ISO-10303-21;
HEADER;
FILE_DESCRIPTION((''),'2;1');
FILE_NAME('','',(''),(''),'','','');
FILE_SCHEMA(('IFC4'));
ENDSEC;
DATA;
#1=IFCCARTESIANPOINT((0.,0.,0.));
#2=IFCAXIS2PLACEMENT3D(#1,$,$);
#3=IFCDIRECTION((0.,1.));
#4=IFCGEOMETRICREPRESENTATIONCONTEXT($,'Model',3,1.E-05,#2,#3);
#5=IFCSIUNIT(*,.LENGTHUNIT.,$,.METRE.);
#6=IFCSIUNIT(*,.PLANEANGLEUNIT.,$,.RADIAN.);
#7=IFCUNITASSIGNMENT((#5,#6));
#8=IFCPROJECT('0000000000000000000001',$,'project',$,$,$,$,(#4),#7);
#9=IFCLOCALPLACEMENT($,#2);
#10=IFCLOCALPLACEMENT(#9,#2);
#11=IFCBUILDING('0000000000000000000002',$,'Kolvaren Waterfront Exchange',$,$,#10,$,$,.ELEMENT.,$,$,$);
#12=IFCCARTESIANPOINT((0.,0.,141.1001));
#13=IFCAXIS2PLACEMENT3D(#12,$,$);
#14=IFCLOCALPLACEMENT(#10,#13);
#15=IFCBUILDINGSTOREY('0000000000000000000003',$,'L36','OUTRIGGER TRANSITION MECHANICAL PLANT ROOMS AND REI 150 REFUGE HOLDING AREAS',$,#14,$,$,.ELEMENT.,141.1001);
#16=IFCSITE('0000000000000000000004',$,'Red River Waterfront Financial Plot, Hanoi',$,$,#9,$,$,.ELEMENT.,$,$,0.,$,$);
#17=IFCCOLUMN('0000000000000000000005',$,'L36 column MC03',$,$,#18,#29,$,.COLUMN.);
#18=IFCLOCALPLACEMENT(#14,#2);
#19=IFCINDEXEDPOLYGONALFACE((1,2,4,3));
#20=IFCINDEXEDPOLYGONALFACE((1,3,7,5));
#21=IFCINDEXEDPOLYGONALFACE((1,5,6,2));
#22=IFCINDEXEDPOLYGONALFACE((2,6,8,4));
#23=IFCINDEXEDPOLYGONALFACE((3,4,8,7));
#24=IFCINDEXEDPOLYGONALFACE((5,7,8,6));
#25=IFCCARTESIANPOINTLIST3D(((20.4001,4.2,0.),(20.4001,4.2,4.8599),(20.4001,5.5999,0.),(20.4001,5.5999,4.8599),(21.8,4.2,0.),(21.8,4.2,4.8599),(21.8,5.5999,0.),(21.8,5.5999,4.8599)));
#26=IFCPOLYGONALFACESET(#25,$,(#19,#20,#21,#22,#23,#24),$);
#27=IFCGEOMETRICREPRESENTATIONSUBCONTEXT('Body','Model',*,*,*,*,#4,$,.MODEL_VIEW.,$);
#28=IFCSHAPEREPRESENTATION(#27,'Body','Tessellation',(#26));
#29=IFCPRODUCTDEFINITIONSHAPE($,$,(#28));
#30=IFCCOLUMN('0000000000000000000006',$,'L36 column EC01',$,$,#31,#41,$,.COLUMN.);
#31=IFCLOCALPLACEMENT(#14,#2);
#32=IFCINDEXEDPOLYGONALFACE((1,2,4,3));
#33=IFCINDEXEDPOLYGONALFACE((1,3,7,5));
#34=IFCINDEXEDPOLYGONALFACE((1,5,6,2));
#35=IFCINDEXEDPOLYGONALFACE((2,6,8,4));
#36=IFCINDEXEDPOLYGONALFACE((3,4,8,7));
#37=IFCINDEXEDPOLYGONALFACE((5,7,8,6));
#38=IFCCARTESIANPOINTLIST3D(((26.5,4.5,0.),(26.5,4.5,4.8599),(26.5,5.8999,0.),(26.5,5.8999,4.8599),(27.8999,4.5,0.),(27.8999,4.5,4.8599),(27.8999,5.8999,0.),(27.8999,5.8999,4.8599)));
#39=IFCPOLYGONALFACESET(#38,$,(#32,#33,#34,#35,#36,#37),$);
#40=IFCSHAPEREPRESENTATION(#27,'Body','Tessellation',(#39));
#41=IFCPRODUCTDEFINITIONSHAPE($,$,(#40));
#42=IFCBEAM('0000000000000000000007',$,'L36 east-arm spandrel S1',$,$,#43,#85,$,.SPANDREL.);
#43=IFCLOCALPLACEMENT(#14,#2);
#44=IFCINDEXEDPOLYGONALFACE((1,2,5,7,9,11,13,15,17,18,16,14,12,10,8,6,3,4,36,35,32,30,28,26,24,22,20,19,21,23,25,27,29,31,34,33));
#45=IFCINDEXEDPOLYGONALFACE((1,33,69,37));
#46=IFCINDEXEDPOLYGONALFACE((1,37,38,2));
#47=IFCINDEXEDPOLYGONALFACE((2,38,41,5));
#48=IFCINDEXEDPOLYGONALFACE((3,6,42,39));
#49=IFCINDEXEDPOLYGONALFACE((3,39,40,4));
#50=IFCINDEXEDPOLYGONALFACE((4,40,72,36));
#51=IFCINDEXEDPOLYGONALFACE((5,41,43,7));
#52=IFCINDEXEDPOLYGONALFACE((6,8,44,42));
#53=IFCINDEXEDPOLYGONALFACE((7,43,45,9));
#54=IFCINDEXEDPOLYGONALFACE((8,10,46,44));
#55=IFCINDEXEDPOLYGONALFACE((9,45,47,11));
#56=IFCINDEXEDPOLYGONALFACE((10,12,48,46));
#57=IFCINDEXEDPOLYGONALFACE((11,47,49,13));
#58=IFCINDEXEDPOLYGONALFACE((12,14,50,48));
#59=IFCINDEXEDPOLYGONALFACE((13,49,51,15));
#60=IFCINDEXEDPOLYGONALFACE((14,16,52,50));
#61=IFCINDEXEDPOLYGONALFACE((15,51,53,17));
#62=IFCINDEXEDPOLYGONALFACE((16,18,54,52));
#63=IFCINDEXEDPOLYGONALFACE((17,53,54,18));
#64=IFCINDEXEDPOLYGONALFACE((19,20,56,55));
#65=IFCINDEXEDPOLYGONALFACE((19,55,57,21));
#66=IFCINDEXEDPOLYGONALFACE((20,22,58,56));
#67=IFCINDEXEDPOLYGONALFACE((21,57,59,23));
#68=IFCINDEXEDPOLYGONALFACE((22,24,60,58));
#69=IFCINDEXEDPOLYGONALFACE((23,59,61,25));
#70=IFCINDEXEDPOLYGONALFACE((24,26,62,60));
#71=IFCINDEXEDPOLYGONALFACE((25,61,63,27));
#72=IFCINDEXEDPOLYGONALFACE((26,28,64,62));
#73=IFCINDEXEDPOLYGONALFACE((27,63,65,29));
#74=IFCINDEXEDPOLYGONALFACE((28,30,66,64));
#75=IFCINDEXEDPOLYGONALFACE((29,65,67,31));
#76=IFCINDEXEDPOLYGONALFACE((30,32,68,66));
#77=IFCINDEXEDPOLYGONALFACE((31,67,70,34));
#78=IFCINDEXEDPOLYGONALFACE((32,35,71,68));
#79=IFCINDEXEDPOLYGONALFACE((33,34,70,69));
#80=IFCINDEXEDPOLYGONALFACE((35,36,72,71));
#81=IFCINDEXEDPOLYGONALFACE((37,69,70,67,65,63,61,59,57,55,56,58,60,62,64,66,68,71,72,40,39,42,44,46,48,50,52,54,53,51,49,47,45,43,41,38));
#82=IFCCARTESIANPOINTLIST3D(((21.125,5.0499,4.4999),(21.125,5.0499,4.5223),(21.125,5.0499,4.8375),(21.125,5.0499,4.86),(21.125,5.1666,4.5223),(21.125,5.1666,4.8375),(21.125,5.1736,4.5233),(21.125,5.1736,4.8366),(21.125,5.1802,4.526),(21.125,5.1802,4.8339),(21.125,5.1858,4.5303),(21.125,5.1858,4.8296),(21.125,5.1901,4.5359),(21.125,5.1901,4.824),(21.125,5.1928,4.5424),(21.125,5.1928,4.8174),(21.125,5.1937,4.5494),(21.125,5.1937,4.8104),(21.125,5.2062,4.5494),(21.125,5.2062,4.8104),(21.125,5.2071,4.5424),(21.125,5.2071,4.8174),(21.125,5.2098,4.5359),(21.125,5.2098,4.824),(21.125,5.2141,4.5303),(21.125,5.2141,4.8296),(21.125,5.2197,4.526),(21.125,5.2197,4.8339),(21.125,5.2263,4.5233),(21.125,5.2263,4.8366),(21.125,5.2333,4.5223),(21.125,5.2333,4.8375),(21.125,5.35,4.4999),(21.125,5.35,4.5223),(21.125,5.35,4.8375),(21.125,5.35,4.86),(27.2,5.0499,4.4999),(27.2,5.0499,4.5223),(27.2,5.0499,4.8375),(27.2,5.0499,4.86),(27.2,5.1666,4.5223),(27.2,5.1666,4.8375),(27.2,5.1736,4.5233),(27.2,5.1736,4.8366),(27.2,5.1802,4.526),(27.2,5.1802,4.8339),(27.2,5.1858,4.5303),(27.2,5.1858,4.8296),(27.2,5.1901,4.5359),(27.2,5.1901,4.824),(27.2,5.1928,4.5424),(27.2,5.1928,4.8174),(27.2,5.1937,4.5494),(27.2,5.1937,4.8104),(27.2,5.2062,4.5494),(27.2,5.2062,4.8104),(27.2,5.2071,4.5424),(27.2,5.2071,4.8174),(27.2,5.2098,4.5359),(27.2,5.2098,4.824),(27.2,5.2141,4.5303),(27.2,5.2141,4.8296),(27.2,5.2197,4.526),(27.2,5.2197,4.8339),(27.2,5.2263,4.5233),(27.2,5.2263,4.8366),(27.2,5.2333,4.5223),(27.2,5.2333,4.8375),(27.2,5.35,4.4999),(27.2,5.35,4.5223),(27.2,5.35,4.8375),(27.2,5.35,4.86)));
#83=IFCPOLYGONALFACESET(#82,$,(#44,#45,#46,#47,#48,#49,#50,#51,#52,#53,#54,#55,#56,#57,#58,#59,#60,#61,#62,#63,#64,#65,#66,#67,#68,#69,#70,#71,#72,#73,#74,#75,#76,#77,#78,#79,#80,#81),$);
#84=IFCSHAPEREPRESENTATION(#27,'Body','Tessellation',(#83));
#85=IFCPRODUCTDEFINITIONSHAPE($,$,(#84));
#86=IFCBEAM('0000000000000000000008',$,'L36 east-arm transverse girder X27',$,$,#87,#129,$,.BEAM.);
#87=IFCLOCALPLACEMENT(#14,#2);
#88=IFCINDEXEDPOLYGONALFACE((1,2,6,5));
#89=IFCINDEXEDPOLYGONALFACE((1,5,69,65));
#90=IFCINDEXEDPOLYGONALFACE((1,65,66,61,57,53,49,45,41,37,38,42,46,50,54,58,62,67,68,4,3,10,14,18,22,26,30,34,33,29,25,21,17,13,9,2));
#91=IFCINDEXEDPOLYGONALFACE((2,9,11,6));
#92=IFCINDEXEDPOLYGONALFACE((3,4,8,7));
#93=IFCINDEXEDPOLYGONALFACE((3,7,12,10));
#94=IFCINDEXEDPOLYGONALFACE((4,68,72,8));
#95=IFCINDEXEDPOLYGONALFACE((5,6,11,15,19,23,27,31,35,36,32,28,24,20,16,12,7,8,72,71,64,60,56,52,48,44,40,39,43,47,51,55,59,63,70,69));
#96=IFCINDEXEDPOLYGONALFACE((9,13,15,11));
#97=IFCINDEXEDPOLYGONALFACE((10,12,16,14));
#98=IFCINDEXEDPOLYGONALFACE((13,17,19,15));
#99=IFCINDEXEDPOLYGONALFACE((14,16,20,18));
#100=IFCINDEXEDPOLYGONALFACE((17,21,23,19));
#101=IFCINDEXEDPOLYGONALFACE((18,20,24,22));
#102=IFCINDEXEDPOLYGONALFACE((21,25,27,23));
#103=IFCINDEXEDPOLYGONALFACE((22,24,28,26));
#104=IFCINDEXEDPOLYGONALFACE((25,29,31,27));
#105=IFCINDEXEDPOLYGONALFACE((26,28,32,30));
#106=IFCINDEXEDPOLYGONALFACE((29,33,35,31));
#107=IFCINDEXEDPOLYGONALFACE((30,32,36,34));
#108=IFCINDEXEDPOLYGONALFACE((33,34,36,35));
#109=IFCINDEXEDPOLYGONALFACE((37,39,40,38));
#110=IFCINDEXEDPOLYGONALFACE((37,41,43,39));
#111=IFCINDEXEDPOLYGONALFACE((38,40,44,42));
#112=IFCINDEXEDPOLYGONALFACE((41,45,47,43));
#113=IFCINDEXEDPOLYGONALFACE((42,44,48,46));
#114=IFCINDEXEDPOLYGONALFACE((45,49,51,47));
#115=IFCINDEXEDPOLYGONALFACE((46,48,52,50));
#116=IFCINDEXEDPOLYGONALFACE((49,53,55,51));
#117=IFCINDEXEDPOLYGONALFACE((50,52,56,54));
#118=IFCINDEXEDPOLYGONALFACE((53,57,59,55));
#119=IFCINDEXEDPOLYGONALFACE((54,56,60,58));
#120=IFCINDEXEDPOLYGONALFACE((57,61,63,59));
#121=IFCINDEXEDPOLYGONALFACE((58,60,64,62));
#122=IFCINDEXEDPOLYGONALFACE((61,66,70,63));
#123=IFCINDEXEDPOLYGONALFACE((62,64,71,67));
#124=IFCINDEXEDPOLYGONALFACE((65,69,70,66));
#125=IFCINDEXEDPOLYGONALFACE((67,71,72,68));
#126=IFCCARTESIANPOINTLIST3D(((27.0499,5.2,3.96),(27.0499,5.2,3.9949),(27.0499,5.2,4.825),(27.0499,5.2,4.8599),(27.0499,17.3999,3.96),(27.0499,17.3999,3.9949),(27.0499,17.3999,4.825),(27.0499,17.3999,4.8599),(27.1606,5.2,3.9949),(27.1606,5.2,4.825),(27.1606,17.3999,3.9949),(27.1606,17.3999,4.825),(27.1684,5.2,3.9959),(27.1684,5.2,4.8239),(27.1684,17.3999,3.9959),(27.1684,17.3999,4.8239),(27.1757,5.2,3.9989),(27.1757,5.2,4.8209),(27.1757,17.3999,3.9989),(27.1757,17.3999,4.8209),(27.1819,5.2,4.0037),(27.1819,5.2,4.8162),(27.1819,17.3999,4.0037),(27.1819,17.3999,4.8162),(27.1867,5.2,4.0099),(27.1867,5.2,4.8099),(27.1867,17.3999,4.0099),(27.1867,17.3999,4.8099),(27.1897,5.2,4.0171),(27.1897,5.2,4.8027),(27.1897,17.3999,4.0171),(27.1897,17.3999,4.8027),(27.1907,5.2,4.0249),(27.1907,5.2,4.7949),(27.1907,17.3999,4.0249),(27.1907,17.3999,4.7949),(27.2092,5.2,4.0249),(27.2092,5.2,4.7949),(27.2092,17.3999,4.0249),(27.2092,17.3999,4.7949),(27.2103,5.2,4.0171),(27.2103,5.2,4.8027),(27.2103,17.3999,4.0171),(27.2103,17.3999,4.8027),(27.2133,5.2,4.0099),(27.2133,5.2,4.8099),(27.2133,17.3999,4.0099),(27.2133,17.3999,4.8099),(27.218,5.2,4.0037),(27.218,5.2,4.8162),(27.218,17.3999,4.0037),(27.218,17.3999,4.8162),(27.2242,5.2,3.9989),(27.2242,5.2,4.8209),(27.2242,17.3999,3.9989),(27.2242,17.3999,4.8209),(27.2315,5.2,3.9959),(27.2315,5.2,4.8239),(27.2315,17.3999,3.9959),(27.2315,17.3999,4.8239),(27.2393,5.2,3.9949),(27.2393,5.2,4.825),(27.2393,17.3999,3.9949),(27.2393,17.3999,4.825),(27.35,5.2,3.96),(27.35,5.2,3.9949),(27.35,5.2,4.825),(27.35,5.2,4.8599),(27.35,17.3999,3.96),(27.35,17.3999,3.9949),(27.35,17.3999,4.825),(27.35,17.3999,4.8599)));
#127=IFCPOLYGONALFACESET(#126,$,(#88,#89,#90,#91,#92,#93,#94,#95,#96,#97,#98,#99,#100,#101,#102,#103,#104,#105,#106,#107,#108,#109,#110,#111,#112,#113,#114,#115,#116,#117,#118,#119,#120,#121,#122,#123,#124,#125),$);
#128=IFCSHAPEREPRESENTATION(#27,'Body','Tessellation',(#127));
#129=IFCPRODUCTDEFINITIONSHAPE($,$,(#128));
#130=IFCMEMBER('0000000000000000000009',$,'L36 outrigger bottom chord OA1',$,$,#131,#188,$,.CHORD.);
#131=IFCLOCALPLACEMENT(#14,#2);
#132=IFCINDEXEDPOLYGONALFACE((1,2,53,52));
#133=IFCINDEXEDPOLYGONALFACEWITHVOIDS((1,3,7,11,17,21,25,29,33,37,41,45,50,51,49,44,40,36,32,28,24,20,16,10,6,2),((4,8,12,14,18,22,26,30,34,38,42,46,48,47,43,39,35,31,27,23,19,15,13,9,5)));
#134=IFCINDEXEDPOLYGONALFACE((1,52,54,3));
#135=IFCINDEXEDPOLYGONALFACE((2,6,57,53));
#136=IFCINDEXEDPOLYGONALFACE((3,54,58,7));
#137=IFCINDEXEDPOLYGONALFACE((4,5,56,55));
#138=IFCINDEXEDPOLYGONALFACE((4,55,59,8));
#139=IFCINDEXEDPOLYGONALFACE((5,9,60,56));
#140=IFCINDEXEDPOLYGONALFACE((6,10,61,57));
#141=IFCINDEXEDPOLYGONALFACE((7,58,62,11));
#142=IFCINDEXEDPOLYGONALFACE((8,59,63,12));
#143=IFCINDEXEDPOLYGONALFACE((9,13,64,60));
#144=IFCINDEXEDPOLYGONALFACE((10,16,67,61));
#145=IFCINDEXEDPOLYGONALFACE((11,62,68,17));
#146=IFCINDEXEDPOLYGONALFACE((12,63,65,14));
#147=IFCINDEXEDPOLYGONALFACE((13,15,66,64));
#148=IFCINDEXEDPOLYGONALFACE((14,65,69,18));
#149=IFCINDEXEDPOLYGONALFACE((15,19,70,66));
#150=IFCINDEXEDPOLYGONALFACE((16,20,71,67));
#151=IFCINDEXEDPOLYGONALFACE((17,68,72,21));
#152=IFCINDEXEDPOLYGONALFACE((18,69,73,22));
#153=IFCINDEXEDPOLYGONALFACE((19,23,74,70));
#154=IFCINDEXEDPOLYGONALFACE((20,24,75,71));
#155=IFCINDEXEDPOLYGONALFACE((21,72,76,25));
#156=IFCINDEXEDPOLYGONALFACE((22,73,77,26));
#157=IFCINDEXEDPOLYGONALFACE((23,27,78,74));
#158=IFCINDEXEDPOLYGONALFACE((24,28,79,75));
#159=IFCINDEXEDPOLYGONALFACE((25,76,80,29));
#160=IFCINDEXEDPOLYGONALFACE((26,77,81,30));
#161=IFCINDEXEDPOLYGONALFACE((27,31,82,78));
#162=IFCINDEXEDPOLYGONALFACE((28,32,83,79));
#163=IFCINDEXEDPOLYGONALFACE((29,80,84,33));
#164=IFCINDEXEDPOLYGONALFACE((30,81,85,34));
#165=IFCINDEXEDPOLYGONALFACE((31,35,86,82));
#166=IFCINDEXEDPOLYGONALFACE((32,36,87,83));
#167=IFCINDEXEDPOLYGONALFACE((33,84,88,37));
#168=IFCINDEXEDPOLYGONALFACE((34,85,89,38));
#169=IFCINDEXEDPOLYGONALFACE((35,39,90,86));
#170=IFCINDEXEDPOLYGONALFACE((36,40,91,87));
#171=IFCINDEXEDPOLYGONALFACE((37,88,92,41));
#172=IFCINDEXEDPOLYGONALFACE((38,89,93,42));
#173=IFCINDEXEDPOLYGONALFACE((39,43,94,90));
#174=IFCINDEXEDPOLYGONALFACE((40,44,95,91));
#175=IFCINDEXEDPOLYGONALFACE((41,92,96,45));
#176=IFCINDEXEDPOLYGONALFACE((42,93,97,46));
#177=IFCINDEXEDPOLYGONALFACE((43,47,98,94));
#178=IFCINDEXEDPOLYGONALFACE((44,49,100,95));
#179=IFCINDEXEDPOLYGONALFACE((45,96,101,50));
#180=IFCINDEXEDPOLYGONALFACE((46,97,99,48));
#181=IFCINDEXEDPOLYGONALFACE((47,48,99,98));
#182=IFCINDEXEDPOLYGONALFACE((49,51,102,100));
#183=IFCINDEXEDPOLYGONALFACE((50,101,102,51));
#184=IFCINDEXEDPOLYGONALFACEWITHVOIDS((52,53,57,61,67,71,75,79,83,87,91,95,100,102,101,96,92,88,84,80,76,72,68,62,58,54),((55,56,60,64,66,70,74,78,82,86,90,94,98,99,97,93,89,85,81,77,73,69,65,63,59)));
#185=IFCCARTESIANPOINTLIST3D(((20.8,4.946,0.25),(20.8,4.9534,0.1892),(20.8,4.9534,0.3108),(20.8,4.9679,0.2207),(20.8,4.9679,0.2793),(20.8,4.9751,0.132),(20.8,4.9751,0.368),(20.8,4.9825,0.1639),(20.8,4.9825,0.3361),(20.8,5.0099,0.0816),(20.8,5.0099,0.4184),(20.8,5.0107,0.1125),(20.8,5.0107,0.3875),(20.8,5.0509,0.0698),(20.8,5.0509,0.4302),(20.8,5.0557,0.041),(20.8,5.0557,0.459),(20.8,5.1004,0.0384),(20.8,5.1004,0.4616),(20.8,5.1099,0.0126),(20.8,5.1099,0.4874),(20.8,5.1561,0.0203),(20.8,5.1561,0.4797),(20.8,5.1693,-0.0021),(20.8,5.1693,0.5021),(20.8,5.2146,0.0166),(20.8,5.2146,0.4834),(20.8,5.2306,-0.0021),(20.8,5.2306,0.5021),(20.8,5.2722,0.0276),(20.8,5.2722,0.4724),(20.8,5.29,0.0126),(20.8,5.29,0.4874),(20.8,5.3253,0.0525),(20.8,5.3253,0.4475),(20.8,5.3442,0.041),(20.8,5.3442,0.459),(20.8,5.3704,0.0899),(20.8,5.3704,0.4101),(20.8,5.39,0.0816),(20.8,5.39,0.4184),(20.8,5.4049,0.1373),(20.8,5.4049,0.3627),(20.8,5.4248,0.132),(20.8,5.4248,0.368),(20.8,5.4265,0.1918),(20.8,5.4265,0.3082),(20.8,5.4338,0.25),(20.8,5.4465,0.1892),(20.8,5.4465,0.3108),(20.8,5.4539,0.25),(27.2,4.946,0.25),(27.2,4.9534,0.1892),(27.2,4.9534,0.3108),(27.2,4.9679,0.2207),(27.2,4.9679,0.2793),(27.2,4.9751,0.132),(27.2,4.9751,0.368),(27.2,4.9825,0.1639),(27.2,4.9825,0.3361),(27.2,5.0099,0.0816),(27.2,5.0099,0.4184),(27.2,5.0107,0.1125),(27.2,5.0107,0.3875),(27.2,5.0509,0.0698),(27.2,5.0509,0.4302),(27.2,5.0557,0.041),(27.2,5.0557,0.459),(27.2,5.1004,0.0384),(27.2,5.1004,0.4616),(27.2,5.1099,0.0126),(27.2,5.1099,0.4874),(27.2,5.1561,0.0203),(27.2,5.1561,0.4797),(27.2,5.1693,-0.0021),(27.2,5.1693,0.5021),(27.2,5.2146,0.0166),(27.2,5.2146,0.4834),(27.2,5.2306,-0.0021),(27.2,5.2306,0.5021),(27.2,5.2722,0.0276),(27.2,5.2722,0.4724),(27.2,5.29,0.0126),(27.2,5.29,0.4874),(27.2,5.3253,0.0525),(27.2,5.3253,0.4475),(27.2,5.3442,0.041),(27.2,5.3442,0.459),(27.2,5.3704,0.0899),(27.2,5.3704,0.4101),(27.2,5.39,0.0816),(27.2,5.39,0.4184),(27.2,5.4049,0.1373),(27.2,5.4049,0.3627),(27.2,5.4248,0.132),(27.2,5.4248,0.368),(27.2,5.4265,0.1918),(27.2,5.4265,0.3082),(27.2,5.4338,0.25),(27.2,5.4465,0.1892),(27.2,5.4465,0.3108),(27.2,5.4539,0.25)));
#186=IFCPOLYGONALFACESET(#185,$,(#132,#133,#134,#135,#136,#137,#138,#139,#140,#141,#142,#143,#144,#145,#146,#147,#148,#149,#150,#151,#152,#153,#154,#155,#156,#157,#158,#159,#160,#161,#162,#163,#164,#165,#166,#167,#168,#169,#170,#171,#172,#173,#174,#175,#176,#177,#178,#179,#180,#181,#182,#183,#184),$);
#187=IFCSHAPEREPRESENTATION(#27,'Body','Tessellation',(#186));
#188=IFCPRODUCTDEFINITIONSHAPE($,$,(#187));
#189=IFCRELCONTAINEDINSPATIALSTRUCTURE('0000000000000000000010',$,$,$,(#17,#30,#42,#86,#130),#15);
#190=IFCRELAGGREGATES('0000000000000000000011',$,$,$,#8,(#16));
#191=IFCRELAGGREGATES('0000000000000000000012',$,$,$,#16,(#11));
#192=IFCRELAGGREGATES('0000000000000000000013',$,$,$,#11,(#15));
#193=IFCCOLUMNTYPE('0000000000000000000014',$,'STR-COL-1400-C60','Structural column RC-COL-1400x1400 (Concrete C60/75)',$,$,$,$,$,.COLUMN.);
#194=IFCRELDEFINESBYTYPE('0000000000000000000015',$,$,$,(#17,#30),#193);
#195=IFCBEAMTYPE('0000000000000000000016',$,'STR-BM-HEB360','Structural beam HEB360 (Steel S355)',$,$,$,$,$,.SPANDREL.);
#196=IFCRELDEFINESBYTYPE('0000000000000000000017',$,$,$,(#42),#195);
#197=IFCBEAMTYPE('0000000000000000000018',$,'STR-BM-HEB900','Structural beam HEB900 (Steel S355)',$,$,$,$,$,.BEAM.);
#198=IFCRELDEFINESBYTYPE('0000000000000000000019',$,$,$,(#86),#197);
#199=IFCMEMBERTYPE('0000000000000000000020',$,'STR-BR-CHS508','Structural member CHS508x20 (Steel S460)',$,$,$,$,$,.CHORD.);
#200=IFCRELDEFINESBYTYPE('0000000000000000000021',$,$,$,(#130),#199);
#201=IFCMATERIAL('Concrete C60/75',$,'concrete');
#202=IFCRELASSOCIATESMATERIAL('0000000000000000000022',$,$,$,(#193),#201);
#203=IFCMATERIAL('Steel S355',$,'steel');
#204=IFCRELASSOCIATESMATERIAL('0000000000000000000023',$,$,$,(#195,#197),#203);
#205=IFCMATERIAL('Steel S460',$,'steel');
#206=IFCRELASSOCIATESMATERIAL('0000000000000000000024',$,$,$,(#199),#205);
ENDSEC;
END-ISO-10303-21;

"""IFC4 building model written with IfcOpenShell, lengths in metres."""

from ifc_helpers import new_model, si_unit, direction, frame, origin, origin_2d, place, context, subcontext, project, spatial, rectangle, hollow_circle, i_section, extrude, material, material_profile, profile_set, type_object, element, save


model = new_model("IFC4")

# Units and contexts
model_context = context("Model", 3, precision=1e-05, world=origin(), true_north=direction((0.0, 1.0)))
body_context = subcontext(model_context, "Body", "Model", "MODEL_VIEW")
ifc_project = project(units=[si_unit("LENGTHUNIT", "METRE"), si_unit("PLANEANGLEUNIT", "RADIAN")], contexts=[model_context])

# Site, building, storey
site_placement = place(None, origin())
site = spatial("IfcSite", under=ifc_project, at=site_placement, Name="Red River Waterfront Financial Plot, Hanoi", CompositionType="ELEMENT", RefElevation=0.0)
building_placement = place(site_placement, origin())
building = spatial("IfcBuilding", under=site, at=building_placement, Name="Kolvaren Waterfront Exchange", CompositionType="ELEMENT")
storey_placement = place(building_placement, frame((0.0, 0.0, 141.1001)))
storey = spatial("IfcBuildingStorey", under=building, at=storey_placement, Name="L36", Description="OUTRIGGER TRANSITION MECHANICAL PLANT ROOMS AND REI 150 REFUGE HOLDING AREAS", CompositionType="ELEMENT", Elevation=141.1001)

# Columns
ifc_material_1 = material(Name="Concrete C60/75", Category="concrete")
ifc_material_profile_1 = material_profile(ifc_material_1, rectangle(XDim=1.3999, YDim=1.3999, at=origin_2d()), Name="RC-COL-1400x1400")
ifc_profile_set_1 = profile_set([ifc_material_profile_1], Name="Concrete C60/75")
column_type = type_object("IfcColumnType", Name="STR-COL-1400-C60", Description="Structural column RC-COL-1400x1400 (Concrete C60/75)", PredefinedType="COLUMN", material=ifc_profile_set_1)
for number, where, z_axis, x_axis, name in (
    (1, (21.1001, 4.8999, 0.0), (0.0, 0.0, 1.0), (1.0, 0.0, 0.0), "L36 column MC03"),
    (2, (27.2, 5.2, 0.0), (0.0, 0.0, 1.0), (1.0, 0.0, 0.0), "L36 column EC01"),
):
    element("IfcColumn", number, at=place(storey_placement, frame(where, z_axis=z_axis, x_axis=x_axis)), inside=storey, type_object=column_type, Name=name, PredefinedType="COLUMN", context=body_context, shape_type="SweptSolid", body=[
        extrude(rectangle(XDim=1.3999, YDim=1.3999, at=origin_2d()), origin(), (0.0, 0.0, 1.0), 4.8599),
    ])

# Beams
ifc_material_2 = material(Name="Steel S355", Category="steel")
ifc_material_profile_2 = material_profile(ifc_material_2, i_section(OverallWidth=0.3, OverallDepth=0.3601, WebThickness=0.0125, FlangeThickness=0.0225, FilletRadius=0.0271, at=origin_2d()), Name="HEB360")
ifc_profile_set_2 = profile_set([ifc_material_profile_2], Name="Steel S355")
beam_type_1 = type_object("IfcBeamType", Name="STR-BM-HEB360", Description="Structural beam HEB360 (Steel S355)", PredefinedType="SPANDREL", material=ifc_profile_set_2)
beam_1_placement = place(storey_placement, frame((21.125, 5.2, 4.6799), z_axis=(1.0, 0.0, 0.0), x_axis=(0.0, 1.0, 0.0)))
element("IfcBeam", 3, at=beam_1_placement, inside=storey, type_object=beam_type_1, Name="L36 east-arm spandrel S1", PredefinedType="SPANDREL", context=body_context, shape_type="SweptSolid", body=[
    extrude(i_section(OverallWidth=0.3, OverallDepth=0.3601, WebThickness=0.0125, FlangeThickness=0.0225, FilletRadius=0.0271, at=origin_2d()), origin(), (0.0, 0.0, 1.0), 6.075),
])
ifc_material_profile_3 = material_profile(ifc_material_2, i_section(OverallWidth=0.3, OverallDepth=0.8999, WebThickness=0.0186, FlangeThickness=0.0349, FilletRadius=0.03, at=origin_2d()), Name="HEB900")
ifc_profile_set_3 = profile_set([ifc_material_profile_3], Name="Steel S355")
beam_type_2 = type_object("IfcBeamType", Name="STR-BM-HEB900", Description="Structural beam HEB900 (Steel S355)", PredefinedType="BEAM", material=ifc_profile_set_3)
beam_2_placement = place(storey_placement, frame((27.2, 5.2, 4.4099), z_axis=(0.0, 1.0, 0.0), x_axis=(-1.0, 0.0, 0.0)))
element("IfcBeam", 4, at=beam_2_placement, inside=storey, type_object=beam_type_2, Name="L36 east-arm transverse girder X27", PredefinedType="BEAM", context=body_context, shape_type="SweptSolid", body=[
    extrude(i_section(OverallWidth=0.3, OverallDepth=0.8999, WebThickness=0.0186, FlangeThickness=0.0349, FilletRadius=0.03, at=origin_2d()), origin(), (0.0, 0.0, 1.0), 12.2),
])

# Member
ifc_material_3 = material(Name="Steel S460", Category="steel")
ifc_material_profile_4 = material_profile(ifc_material_3, hollow_circle(Radius=0.2539, WallThickness=0.02, at=origin_2d()), Name="CHS508x20")
ifc_profile_set_4 = profile_set([ifc_material_profile_4], Name="Steel S460")
member_type_1 = type_object("IfcMemberType", Name="STR-BR-CHS508", Description="Structural member CHS508x20 (Steel S460)", PredefinedType="CHORD", material=ifc_profile_set_4)
member_1_placement = place(storey_placement, frame((20.8, 5.2, 0.25), z_axis=(1.0, 0.0, 0.0), x_axis=(0.0, 1.0, 0.0)))
element("IfcMember", 5, at=member_1_placement, inside=storey, type_object=member_type_1, Name="L36 outrigger bottom chord OA1", PredefinedType="CHORD", context=body_context, shape_type="SweptSolid", body=[
    extrude(hollow_circle(Radius=0.2539, WallThickness=0.02, at=origin_2d()), origin(), (0.0, 0.0, 1.0), 6.3999),
])

save(model, "model.ifc")
